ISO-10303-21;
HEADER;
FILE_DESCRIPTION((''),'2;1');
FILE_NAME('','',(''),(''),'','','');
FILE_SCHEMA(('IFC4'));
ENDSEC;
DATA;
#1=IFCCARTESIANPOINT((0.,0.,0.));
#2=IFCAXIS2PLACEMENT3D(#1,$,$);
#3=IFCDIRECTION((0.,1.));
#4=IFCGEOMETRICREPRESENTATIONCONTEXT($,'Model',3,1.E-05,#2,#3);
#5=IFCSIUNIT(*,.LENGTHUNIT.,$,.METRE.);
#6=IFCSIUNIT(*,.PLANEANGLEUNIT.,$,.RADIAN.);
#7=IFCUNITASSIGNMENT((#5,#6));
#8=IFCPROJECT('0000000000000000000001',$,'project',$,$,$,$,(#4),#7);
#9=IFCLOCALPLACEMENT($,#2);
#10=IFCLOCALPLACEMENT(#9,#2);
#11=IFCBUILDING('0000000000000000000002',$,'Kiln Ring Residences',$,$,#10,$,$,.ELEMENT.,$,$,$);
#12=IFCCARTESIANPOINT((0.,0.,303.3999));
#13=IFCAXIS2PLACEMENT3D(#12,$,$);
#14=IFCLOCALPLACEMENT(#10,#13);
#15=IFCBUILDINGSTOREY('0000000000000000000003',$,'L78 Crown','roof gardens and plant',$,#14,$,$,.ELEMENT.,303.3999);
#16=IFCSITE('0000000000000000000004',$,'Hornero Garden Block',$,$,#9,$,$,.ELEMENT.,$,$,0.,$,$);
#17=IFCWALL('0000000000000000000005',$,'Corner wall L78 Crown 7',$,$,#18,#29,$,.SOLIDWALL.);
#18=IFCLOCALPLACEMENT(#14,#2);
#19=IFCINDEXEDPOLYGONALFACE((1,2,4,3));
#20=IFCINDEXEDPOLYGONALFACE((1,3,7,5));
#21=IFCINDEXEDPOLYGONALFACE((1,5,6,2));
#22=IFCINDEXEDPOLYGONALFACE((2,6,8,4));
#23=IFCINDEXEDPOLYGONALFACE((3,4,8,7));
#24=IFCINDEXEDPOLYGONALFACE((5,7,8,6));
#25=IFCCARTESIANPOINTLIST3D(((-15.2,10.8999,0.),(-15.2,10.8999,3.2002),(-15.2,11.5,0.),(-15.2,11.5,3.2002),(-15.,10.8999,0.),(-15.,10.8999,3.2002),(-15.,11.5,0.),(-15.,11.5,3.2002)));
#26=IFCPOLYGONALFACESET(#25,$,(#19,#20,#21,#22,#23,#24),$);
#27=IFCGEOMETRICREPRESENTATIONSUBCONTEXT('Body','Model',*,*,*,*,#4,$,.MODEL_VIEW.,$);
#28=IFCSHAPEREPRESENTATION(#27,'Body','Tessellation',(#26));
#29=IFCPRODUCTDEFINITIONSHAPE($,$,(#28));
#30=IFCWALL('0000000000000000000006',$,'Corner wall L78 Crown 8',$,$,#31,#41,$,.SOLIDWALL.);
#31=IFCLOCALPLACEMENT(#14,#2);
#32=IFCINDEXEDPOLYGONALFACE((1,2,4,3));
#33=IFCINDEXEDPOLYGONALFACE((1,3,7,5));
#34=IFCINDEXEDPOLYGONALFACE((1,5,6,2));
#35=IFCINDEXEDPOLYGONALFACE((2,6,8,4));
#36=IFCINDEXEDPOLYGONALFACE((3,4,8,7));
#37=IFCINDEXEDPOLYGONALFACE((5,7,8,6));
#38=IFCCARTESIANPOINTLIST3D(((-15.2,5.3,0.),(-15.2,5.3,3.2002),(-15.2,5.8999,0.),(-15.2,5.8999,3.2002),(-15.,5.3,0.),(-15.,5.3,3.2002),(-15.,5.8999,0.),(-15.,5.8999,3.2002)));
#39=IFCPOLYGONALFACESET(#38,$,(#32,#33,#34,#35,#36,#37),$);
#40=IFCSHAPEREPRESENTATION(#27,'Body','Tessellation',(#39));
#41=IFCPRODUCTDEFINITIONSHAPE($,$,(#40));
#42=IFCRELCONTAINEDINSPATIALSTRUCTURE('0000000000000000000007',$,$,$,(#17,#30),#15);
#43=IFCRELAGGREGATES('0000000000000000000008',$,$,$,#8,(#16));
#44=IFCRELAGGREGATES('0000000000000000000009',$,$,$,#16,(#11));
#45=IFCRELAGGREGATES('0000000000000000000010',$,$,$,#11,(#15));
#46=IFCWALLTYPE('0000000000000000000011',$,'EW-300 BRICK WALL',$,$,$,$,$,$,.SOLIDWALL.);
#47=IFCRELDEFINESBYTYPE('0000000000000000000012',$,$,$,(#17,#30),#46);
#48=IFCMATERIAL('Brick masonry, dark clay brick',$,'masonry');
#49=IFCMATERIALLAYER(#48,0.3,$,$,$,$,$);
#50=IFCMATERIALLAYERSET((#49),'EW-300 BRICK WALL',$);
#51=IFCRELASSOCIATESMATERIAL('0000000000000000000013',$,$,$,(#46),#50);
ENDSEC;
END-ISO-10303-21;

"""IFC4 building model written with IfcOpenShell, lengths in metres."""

from ifc_helpers import new_model, si_unit, direction, frame, origin, place, context, subcontext, project, spatial, polyline, outline, extrude, material, layer, layer_set, type_object, element, save


model = new_model("IFC4")

# Units and contexts
model_context = context("Model", 3, precision=1e-05, world=origin(), true_north=direction((0.0, 1.0)))
body_context = subcontext(model_context, "Body", "Model", "MODEL_VIEW")
ifc_project = project(units=[si_unit("LENGTHUNIT", "METRE"), si_unit("PLANEANGLEUNIT", "RADIAN")], contexts=[model_context])

# Site, building, storey
site_placement = place(None, origin())
site = spatial("IfcSite", under=ifc_project, at=site_placement, Name="Hornero Garden Block", CompositionType="ELEMENT", RefElevation=0.0)
building_placement = place(site_placement, origin())
building = spatial("IfcBuilding", under=site, at=building_placement, Name="Kiln Ring Residences", CompositionType="ELEMENT")
storey_placement = place(building_placement, frame((0.0, 0.0, 303.3999)))
storey = spatial("IfcBuildingStorey", under=building, at=storey_placement, Name="L78 Crown", Description="roof gardens and plant", CompositionType="ELEMENT", Elevation=303.3999)

# Shared definitions
placement = place(storey_placement, origin())

# Shared definitions
ifc_material_1 = material(Name="Brick masonry, dark clay brick", Category="masonry")
ifc_layer_1 = layer(ifc_material_1, 0.3)
ifc_layer_set_1 = layer_set([ifc_layer_1], Name="EW-300 BRICK WALL")
wall_type = type_object("IfcWallType", Name="EW-300 BRICK WALL", PredefinedType="SOLIDWALL", material=ifc_layer_set_1)

# Walls
element("IfcWall", 1, at=placement, inside=storey, type_object=wall_type, Name="Corner wall L78 Crown 7", PredefinedType="SOLIDWALL", context=body_context, shape_type="SweptSolid", body=[
    extrude(outline(polyline([(-15.2, 10.8999), (-15.0, 10.8999), (-15.0, 11.5), (-15.2, 11.5), (-15.2, 10.8999)])), origin(), (0.0, 0.0, 1.0), 3.2002),
])
element("IfcWall", 2, at=placement, inside=storey, type_object=wall_type, Name="Corner wall L78 Crown 8", PredefinedType="SOLIDWALL", context=body_context, shape_type="SweptSolid", body=[
    extrude(outline(polyline([(-15.2, 5.3), (-15.0, 5.3), (-15.0, 5.8999), (-15.3, 5.8999), (-15.2, 5.8999), (-15.2, 5.3)])), origin(), (0.0, 0.0, 1.0), 3.2002),
])

save(model, "model.ifc")
